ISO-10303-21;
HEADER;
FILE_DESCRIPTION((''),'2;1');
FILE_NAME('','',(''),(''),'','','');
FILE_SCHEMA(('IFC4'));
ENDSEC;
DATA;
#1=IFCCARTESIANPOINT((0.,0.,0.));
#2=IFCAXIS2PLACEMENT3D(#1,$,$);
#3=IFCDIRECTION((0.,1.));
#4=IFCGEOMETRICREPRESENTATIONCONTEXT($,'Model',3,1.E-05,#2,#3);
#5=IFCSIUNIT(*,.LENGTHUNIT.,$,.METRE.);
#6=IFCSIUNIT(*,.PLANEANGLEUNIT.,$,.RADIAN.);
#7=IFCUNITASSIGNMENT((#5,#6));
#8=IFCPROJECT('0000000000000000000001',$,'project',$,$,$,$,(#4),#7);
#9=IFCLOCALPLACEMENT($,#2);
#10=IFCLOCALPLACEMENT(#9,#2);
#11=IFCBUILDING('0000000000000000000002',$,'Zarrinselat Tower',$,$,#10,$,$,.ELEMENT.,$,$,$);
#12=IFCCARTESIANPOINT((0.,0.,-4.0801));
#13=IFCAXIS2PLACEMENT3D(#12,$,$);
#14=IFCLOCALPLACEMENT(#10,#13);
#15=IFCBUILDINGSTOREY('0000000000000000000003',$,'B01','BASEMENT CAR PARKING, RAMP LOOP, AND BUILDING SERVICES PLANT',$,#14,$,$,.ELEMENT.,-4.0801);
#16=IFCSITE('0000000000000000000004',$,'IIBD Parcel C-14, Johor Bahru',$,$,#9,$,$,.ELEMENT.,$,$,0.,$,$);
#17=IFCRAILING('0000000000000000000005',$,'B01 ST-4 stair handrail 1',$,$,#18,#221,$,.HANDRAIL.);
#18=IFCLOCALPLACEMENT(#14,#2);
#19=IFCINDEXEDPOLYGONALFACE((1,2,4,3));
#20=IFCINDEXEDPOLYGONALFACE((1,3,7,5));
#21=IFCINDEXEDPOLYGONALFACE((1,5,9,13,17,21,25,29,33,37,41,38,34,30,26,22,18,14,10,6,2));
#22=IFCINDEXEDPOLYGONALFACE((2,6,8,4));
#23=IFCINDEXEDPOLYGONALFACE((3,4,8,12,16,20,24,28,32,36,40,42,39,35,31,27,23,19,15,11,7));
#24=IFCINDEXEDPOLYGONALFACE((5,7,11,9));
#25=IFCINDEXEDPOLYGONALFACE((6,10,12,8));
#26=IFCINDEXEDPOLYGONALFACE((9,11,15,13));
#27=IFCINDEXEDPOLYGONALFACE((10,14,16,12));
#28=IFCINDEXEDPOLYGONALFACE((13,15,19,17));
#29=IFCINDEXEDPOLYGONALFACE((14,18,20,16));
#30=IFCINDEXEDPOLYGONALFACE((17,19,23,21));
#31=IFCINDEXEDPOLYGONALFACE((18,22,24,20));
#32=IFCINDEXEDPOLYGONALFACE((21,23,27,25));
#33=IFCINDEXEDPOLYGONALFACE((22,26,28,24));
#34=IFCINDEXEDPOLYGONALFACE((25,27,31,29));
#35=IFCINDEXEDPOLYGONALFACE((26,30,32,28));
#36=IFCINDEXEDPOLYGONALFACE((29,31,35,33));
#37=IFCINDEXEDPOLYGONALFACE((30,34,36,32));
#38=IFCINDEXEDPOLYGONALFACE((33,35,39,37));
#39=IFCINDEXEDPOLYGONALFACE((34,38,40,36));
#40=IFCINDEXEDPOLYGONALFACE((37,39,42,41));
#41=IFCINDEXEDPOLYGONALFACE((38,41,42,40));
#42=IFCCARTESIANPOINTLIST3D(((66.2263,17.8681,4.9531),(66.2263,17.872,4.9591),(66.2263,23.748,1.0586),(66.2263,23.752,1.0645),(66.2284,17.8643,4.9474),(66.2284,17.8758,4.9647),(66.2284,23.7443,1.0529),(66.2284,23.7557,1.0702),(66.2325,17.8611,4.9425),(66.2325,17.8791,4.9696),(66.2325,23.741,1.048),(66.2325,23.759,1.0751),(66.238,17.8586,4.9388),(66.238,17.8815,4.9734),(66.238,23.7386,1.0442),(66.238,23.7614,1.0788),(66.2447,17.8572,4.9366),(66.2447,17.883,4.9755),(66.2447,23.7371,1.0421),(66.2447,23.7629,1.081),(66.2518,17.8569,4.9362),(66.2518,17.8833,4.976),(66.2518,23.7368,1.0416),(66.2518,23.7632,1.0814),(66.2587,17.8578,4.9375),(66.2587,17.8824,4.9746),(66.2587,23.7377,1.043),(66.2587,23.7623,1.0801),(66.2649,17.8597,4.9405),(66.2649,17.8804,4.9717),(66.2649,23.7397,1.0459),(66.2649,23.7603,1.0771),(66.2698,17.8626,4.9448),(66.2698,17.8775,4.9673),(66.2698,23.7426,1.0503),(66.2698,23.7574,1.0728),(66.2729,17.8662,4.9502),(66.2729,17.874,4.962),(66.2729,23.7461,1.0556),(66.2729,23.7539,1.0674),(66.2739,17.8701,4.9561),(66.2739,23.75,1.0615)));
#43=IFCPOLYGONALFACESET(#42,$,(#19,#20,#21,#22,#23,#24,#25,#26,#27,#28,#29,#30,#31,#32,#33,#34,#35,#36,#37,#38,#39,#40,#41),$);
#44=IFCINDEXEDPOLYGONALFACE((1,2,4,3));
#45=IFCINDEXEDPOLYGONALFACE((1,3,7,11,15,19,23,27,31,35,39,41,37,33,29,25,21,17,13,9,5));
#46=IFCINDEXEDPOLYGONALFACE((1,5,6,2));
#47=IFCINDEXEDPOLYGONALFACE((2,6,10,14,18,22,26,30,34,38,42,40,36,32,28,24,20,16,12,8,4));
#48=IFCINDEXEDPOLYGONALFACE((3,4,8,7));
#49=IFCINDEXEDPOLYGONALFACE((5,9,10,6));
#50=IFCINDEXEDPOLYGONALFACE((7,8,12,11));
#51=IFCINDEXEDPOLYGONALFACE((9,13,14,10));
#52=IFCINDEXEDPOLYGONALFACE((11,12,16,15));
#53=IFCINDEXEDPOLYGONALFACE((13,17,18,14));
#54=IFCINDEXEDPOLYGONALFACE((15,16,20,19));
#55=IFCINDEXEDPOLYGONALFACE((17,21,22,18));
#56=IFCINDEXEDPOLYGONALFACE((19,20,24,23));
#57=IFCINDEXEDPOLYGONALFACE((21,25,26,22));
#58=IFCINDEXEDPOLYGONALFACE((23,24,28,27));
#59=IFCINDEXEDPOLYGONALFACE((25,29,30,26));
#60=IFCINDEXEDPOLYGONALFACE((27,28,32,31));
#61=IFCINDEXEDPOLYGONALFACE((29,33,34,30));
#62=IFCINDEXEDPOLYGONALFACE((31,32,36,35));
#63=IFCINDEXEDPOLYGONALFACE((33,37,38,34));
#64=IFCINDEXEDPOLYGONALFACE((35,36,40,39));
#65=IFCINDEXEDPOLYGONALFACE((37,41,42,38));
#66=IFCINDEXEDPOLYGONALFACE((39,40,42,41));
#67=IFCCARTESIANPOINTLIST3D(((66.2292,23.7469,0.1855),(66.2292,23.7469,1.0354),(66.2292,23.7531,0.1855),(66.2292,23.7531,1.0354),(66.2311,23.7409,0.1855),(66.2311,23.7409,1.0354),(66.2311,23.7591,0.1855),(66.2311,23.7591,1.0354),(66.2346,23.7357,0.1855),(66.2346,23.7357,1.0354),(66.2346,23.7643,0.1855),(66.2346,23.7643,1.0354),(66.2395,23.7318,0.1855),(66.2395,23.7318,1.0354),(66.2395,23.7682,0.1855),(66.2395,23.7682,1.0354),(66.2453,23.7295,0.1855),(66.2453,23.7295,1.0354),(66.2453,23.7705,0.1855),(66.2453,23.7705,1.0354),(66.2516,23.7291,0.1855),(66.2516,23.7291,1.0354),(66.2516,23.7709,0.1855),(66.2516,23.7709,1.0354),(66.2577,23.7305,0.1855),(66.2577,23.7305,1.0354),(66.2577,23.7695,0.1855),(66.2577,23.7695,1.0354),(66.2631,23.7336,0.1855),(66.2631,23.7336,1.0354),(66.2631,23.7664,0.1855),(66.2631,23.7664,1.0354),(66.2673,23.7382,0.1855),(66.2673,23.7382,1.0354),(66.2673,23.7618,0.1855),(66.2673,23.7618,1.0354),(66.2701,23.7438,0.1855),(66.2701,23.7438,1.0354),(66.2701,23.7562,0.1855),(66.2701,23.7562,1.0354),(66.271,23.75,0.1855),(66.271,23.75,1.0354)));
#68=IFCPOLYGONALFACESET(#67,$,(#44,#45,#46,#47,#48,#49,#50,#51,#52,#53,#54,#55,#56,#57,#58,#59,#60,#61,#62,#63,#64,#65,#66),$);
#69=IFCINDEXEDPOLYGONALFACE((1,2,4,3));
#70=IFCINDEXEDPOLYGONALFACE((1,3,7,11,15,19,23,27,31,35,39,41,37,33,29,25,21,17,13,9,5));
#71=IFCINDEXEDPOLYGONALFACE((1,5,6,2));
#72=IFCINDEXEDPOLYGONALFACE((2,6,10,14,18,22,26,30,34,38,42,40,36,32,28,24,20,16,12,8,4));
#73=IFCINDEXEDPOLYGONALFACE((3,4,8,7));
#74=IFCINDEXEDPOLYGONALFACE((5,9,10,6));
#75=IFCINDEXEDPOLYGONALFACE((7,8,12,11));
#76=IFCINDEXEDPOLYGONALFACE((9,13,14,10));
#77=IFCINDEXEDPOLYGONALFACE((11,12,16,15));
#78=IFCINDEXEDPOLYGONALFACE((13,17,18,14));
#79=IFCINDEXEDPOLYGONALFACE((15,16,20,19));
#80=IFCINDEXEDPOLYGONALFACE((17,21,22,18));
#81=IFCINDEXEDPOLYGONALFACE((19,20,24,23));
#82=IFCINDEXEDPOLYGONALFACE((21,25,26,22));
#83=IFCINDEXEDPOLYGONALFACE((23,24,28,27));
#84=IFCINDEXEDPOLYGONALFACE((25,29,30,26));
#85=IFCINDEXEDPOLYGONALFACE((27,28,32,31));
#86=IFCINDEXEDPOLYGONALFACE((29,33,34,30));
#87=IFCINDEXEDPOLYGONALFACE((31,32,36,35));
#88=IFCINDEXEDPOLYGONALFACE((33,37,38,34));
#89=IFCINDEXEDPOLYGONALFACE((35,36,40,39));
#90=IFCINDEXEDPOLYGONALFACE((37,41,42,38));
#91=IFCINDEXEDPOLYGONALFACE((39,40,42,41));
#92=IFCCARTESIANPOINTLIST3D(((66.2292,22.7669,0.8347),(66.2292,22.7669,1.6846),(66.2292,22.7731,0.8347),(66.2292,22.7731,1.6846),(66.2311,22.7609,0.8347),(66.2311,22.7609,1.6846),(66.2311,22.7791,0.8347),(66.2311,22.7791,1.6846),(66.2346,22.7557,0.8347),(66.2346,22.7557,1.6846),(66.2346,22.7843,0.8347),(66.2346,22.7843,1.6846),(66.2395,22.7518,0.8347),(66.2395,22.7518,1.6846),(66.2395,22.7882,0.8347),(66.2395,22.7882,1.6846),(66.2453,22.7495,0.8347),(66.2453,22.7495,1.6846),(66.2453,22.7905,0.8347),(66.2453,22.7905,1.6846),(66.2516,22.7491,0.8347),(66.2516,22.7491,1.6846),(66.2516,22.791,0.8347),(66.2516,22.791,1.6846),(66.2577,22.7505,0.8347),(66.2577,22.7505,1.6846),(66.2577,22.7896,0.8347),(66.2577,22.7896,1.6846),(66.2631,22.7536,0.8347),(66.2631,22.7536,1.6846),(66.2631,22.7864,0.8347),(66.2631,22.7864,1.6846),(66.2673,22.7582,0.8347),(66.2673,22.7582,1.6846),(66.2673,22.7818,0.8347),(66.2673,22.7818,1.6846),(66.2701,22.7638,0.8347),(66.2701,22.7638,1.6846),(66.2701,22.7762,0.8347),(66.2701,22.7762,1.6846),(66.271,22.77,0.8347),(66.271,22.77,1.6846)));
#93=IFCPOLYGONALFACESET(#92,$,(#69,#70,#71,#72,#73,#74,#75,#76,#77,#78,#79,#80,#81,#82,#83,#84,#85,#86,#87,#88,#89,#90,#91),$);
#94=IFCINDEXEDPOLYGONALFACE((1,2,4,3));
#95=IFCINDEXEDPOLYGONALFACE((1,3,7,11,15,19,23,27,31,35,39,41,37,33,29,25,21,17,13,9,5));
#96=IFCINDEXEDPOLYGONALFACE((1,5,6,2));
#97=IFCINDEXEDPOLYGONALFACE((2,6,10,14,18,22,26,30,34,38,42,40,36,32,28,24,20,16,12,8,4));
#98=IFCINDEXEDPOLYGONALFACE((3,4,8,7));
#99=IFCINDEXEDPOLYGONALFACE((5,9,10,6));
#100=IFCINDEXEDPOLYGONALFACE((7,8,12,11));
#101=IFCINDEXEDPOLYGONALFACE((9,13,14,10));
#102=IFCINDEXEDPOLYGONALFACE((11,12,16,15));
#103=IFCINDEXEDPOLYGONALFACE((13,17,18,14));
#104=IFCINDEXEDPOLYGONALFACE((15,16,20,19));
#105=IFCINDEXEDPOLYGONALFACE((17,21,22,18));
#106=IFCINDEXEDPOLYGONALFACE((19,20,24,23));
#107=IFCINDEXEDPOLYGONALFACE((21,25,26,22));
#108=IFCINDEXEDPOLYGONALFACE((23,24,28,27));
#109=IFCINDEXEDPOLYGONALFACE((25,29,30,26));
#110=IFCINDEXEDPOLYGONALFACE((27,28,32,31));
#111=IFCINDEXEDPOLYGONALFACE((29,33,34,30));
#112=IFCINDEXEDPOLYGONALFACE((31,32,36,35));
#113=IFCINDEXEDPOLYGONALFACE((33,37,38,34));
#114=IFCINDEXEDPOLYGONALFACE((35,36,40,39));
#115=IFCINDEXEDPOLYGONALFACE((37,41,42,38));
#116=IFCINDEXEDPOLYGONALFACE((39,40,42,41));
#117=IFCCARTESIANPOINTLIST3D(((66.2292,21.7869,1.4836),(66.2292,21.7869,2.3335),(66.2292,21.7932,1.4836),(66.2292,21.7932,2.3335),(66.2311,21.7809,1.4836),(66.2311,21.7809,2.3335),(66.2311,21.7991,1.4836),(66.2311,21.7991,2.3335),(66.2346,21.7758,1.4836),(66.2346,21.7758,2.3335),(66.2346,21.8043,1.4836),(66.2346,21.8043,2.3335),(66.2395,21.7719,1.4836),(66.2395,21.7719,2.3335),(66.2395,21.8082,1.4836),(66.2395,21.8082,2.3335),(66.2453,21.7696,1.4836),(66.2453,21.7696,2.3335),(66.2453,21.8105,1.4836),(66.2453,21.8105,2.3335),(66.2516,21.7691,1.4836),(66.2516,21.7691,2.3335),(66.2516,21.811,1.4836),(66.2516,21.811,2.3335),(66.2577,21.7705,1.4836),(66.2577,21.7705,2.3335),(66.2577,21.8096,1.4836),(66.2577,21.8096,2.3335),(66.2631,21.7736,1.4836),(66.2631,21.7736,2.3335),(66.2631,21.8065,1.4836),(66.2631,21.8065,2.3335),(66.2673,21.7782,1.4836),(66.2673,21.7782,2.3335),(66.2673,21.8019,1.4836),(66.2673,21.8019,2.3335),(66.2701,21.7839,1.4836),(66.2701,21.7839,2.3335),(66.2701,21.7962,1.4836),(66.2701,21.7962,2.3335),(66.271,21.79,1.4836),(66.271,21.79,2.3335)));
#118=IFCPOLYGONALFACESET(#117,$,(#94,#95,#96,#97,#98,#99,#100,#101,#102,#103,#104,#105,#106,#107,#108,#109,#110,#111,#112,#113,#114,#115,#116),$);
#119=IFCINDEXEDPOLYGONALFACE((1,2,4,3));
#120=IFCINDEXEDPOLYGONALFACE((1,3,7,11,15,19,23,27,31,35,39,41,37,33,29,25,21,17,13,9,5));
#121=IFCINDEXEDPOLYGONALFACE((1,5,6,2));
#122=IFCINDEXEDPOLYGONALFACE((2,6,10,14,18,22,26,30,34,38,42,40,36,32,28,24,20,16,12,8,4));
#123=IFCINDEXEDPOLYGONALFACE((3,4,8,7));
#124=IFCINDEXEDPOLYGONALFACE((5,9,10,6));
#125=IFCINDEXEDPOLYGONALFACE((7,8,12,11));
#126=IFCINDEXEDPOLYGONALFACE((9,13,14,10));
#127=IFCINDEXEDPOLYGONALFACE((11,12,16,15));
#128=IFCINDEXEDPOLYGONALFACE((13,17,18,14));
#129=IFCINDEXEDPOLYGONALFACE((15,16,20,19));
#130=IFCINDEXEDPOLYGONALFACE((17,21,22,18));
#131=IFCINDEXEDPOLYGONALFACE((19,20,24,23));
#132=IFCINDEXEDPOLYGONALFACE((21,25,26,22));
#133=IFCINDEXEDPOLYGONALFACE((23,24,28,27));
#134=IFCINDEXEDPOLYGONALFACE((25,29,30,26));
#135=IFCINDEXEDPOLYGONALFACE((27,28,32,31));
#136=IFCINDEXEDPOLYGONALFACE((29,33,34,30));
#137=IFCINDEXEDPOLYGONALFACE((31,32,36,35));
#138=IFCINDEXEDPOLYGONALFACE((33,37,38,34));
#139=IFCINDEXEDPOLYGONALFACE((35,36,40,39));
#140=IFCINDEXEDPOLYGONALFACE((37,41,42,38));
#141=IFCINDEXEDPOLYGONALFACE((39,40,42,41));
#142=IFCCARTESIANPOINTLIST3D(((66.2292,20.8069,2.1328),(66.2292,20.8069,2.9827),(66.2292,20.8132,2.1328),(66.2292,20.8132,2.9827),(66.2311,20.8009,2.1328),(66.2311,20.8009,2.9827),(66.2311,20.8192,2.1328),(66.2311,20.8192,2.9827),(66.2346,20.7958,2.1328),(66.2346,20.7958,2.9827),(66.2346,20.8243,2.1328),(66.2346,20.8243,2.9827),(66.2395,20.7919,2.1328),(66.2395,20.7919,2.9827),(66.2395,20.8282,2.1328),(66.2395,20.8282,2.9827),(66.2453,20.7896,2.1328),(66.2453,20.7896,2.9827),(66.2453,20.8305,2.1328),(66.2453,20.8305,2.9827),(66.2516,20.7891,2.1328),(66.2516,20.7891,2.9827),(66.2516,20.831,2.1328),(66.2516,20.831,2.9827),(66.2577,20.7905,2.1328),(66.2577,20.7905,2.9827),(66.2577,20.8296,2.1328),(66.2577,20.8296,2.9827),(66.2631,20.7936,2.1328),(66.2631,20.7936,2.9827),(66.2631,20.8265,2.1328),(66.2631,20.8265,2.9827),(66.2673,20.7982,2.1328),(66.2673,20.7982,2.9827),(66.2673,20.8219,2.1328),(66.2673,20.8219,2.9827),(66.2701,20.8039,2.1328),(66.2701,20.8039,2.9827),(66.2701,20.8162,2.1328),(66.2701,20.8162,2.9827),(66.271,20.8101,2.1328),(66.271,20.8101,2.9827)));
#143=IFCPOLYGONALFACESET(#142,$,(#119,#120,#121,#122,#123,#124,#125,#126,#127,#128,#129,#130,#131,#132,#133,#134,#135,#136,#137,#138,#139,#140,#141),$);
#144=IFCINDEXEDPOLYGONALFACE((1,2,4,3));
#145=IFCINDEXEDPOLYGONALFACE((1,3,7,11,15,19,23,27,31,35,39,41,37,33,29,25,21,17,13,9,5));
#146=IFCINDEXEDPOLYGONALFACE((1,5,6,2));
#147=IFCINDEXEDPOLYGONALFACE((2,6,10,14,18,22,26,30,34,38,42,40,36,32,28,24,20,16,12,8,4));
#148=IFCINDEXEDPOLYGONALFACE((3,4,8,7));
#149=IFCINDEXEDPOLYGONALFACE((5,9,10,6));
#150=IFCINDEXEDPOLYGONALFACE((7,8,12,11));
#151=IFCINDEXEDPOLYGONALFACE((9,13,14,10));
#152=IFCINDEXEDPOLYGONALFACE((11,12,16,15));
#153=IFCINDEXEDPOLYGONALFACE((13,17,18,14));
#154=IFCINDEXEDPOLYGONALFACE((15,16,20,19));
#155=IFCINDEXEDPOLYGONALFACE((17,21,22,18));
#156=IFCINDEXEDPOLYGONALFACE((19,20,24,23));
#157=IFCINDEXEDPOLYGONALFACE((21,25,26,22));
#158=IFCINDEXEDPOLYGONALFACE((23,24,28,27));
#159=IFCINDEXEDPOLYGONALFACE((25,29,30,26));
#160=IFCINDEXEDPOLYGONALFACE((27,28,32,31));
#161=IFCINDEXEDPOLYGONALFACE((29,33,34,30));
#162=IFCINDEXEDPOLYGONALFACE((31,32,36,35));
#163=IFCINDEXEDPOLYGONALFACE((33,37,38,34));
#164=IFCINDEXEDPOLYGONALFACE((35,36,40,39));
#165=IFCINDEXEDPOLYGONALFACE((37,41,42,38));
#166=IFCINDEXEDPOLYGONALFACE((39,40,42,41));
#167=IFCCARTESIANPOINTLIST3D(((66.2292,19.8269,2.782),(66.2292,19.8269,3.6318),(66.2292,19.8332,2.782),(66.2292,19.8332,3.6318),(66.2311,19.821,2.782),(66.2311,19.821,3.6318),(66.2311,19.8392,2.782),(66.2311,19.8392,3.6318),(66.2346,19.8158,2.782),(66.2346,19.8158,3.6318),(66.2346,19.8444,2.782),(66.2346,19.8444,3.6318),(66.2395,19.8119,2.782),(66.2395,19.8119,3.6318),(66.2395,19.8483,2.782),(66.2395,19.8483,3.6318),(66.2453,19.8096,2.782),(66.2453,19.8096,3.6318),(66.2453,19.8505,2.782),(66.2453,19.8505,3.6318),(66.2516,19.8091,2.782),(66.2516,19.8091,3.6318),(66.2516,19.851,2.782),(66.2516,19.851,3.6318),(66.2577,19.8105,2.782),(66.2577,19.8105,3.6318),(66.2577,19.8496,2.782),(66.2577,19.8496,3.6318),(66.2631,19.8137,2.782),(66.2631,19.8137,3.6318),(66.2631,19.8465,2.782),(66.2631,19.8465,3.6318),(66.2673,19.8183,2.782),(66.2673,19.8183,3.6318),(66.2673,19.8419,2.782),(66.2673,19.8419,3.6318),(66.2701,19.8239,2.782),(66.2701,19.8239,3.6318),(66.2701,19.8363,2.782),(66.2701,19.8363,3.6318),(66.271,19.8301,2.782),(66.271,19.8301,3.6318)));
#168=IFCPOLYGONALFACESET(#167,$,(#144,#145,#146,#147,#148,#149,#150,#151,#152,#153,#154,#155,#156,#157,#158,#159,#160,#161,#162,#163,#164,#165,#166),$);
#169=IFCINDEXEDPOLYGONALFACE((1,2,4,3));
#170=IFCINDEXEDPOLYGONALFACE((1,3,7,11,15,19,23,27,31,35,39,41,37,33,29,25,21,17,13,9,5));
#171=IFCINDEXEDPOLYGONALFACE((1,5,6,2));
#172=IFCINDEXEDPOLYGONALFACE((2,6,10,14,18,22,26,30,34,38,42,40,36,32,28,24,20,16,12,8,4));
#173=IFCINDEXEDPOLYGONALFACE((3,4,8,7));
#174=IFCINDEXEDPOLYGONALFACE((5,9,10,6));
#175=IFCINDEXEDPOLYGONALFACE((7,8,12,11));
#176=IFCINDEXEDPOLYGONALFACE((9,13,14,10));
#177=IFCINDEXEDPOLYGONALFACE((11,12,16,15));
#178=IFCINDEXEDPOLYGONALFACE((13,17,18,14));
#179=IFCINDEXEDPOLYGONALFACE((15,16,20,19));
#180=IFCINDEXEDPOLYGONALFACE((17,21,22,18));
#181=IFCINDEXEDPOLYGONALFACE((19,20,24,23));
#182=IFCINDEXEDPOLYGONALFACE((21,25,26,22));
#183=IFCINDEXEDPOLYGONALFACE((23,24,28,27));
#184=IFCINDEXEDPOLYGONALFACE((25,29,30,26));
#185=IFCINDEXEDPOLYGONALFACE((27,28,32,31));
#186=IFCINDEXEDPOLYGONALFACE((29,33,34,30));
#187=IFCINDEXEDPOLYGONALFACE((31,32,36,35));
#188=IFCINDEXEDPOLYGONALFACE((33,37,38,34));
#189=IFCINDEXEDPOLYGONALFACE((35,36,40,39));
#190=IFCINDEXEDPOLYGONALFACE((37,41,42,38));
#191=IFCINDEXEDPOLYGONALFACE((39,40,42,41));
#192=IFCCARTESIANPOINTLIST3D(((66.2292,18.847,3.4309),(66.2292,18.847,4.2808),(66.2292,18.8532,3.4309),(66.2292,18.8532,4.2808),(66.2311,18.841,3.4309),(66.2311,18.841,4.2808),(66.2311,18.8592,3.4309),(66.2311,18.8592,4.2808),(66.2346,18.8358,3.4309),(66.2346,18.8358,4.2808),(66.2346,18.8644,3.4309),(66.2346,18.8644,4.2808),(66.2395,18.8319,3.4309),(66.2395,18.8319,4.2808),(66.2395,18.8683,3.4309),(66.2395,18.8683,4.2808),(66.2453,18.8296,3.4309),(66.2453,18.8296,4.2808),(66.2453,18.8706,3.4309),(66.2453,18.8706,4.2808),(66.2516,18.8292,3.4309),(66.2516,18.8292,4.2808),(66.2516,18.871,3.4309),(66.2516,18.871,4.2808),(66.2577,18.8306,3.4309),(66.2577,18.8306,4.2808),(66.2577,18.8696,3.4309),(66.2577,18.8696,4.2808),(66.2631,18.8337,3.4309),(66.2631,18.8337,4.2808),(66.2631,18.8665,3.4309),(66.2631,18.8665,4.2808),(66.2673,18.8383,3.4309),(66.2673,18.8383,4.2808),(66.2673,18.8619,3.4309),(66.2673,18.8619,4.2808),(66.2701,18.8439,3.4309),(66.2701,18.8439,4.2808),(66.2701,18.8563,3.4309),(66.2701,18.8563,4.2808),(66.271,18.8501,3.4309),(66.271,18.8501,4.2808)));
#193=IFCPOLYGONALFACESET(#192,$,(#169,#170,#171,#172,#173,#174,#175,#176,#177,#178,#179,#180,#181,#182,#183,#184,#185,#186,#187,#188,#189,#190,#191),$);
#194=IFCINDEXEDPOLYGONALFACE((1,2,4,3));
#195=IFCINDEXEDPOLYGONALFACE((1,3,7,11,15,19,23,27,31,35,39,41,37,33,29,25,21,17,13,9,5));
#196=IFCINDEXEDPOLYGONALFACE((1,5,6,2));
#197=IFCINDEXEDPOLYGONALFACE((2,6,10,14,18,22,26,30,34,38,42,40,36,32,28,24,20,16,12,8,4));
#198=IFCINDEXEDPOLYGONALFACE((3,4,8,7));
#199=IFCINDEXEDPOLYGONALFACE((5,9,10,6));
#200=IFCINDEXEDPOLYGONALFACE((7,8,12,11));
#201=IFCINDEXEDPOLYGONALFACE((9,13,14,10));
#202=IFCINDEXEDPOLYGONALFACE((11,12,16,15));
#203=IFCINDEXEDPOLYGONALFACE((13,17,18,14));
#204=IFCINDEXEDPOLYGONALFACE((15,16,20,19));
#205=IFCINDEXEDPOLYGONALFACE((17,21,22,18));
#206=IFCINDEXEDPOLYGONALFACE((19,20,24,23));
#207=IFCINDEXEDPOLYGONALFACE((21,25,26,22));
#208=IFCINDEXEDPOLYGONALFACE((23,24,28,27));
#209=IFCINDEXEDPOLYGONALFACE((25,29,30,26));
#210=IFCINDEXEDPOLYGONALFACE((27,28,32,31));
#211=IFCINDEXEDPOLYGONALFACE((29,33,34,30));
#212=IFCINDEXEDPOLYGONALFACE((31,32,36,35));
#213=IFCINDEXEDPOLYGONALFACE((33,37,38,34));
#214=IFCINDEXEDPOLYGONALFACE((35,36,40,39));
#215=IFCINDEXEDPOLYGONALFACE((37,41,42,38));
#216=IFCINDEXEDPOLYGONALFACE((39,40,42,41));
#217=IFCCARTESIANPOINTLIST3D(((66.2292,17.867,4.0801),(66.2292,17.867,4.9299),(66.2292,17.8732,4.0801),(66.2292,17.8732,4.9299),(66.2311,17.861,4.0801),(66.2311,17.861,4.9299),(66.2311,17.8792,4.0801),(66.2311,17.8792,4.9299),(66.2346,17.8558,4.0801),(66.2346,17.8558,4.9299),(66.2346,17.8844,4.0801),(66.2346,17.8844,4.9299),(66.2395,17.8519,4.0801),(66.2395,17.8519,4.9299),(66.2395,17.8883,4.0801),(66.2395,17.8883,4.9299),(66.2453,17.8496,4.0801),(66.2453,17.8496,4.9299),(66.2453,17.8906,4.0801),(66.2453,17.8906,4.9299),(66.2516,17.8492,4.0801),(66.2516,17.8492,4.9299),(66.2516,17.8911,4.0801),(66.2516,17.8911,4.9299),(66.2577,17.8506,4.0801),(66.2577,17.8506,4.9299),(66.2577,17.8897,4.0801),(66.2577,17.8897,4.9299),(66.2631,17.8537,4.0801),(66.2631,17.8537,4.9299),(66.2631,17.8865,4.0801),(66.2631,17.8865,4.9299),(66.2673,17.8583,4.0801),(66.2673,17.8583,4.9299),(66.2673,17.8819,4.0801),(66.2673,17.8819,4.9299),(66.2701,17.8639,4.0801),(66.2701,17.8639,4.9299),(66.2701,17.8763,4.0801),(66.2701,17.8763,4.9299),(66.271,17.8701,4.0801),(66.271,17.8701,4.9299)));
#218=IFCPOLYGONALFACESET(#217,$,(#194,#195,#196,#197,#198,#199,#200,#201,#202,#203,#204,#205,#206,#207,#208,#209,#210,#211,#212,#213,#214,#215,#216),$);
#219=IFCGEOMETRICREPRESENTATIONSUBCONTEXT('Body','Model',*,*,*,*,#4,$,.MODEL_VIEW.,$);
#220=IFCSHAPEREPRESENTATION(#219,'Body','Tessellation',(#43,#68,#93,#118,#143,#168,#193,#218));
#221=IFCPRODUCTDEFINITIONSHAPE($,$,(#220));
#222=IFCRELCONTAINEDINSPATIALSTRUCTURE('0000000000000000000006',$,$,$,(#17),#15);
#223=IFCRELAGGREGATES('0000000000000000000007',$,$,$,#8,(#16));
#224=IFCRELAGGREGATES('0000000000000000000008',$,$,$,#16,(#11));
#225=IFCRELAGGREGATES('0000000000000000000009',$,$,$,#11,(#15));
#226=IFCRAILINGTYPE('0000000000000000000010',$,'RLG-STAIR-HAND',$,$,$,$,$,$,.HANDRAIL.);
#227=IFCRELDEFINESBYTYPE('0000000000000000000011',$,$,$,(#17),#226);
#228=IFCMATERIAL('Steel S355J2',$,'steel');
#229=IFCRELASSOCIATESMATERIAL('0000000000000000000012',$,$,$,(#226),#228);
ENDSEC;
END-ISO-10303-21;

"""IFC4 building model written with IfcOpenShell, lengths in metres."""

from ifc_helpers import new_model, si_unit, direction, frame, origin, origin_2d, place, context, subcontext, project, spatial, circle, extrude, material, type_object, element, save


model = new_model("IFC4")

# Units and contexts
model_context = context("Model", 3, precision=1e-05, world=origin(), true_north=direction((0.0, 1.0)))
body_context = subcontext(model_context, "Body", "Model", "MODEL_VIEW")
ifc_project = project(units=[si_unit("LENGTHUNIT", "METRE"), si_unit("PLANEANGLEUNIT", "RADIAN")], contexts=[model_context])

# Site, building, storey
site_placement = place(None, origin())
site = spatial("IfcSite", under=ifc_project, at=site_placement, Name="IIBD Parcel C-14, Johor Bahru", CompositionType="ELEMENT", RefElevation=0.0)
building_placement = place(site_placement, origin())
building = spatial("IfcBuilding", under=site, at=building_placement, Name="Zarrinselat Tower", CompositionType="ELEMENT")
storey_placement = place(building_placement, frame((0.0, 0.0, -4.0801)))
storey = spatial("IfcBuildingStorey", under=building, at=storey_placement, Name="B01", Description="BASEMENT CAR PARKING, RAMP LOOP, AND BUILDING SERVICES PLANT", CompositionType="ELEMENT", Elevation=-4.0801)

# Railing
ifc_material_1 = material(Name="Steel S355J2", Category="steel")
railing_type = type_object("IfcRailingType", Name="RLG-STAIR-HAND", PredefinedType="HANDRAIL", material=ifc_material_1)
railing_placement = place(storey_placement, frame((66.25, 23.75, 0.1855)))
element("IfcRailing", 1, at=railing_placement, inside=storey, type_object=railing_type, Name="B01 ST-4 stair handrail 1", PredefinedType="HANDRAIL", context=body_context, shape_type="SweptSolid", body=[
    extrude(circle(Radius=0.0239, at=origin_2d()), frame((0.0, 0.0, 0.876), z_axis=(0.0, -0.833708, 0.552205), x_axis=(1.0, 0.0, 0.0)), (0.0, 0.0, 1.0), 7.0527),
    extrude(circle(Radius=0.021, at=origin_2d()), origin(), (0.0, 0.0, 1.0), 0.8499),
    extrude(circle(Radius=0.021, at=origin_2d()), frame((0.0, -0.98, 0.6492)), (0.0, 0.0, 1.0), 0.8499),
    extrude(circle(Radius=0.021, at=origin_2d()), frame((0.0, -1.96, 1.2981)), (0.0, 0.0, 1.0), 0.8499),
    extrude(circle(Radius=0.021, at=origin_2d()), frame((0.0, -2.9399, 1.9473)), (0.0, 0.0, 1.0), 0.8499),
    extrude(circle(Radius=0.021, at=origin_2d()), frame((0.0, -3.9199, 2.5964)), (0.0, 0.0, 1.0), 0.8499),
    extrude(circle(Radius=0.021, at=origin_2d()), frame((0.0, -4.8999, 3.2454)), (0.0, 0.0, 1.0), 0.8499),
    extrude(circle(Radius=0.021, at=origin_2d()), frame((0.0, -5.8799, 3.8945)), (0.0, 0.0, 1.0), 0.8499),
])

save(model, "model.ifc")
